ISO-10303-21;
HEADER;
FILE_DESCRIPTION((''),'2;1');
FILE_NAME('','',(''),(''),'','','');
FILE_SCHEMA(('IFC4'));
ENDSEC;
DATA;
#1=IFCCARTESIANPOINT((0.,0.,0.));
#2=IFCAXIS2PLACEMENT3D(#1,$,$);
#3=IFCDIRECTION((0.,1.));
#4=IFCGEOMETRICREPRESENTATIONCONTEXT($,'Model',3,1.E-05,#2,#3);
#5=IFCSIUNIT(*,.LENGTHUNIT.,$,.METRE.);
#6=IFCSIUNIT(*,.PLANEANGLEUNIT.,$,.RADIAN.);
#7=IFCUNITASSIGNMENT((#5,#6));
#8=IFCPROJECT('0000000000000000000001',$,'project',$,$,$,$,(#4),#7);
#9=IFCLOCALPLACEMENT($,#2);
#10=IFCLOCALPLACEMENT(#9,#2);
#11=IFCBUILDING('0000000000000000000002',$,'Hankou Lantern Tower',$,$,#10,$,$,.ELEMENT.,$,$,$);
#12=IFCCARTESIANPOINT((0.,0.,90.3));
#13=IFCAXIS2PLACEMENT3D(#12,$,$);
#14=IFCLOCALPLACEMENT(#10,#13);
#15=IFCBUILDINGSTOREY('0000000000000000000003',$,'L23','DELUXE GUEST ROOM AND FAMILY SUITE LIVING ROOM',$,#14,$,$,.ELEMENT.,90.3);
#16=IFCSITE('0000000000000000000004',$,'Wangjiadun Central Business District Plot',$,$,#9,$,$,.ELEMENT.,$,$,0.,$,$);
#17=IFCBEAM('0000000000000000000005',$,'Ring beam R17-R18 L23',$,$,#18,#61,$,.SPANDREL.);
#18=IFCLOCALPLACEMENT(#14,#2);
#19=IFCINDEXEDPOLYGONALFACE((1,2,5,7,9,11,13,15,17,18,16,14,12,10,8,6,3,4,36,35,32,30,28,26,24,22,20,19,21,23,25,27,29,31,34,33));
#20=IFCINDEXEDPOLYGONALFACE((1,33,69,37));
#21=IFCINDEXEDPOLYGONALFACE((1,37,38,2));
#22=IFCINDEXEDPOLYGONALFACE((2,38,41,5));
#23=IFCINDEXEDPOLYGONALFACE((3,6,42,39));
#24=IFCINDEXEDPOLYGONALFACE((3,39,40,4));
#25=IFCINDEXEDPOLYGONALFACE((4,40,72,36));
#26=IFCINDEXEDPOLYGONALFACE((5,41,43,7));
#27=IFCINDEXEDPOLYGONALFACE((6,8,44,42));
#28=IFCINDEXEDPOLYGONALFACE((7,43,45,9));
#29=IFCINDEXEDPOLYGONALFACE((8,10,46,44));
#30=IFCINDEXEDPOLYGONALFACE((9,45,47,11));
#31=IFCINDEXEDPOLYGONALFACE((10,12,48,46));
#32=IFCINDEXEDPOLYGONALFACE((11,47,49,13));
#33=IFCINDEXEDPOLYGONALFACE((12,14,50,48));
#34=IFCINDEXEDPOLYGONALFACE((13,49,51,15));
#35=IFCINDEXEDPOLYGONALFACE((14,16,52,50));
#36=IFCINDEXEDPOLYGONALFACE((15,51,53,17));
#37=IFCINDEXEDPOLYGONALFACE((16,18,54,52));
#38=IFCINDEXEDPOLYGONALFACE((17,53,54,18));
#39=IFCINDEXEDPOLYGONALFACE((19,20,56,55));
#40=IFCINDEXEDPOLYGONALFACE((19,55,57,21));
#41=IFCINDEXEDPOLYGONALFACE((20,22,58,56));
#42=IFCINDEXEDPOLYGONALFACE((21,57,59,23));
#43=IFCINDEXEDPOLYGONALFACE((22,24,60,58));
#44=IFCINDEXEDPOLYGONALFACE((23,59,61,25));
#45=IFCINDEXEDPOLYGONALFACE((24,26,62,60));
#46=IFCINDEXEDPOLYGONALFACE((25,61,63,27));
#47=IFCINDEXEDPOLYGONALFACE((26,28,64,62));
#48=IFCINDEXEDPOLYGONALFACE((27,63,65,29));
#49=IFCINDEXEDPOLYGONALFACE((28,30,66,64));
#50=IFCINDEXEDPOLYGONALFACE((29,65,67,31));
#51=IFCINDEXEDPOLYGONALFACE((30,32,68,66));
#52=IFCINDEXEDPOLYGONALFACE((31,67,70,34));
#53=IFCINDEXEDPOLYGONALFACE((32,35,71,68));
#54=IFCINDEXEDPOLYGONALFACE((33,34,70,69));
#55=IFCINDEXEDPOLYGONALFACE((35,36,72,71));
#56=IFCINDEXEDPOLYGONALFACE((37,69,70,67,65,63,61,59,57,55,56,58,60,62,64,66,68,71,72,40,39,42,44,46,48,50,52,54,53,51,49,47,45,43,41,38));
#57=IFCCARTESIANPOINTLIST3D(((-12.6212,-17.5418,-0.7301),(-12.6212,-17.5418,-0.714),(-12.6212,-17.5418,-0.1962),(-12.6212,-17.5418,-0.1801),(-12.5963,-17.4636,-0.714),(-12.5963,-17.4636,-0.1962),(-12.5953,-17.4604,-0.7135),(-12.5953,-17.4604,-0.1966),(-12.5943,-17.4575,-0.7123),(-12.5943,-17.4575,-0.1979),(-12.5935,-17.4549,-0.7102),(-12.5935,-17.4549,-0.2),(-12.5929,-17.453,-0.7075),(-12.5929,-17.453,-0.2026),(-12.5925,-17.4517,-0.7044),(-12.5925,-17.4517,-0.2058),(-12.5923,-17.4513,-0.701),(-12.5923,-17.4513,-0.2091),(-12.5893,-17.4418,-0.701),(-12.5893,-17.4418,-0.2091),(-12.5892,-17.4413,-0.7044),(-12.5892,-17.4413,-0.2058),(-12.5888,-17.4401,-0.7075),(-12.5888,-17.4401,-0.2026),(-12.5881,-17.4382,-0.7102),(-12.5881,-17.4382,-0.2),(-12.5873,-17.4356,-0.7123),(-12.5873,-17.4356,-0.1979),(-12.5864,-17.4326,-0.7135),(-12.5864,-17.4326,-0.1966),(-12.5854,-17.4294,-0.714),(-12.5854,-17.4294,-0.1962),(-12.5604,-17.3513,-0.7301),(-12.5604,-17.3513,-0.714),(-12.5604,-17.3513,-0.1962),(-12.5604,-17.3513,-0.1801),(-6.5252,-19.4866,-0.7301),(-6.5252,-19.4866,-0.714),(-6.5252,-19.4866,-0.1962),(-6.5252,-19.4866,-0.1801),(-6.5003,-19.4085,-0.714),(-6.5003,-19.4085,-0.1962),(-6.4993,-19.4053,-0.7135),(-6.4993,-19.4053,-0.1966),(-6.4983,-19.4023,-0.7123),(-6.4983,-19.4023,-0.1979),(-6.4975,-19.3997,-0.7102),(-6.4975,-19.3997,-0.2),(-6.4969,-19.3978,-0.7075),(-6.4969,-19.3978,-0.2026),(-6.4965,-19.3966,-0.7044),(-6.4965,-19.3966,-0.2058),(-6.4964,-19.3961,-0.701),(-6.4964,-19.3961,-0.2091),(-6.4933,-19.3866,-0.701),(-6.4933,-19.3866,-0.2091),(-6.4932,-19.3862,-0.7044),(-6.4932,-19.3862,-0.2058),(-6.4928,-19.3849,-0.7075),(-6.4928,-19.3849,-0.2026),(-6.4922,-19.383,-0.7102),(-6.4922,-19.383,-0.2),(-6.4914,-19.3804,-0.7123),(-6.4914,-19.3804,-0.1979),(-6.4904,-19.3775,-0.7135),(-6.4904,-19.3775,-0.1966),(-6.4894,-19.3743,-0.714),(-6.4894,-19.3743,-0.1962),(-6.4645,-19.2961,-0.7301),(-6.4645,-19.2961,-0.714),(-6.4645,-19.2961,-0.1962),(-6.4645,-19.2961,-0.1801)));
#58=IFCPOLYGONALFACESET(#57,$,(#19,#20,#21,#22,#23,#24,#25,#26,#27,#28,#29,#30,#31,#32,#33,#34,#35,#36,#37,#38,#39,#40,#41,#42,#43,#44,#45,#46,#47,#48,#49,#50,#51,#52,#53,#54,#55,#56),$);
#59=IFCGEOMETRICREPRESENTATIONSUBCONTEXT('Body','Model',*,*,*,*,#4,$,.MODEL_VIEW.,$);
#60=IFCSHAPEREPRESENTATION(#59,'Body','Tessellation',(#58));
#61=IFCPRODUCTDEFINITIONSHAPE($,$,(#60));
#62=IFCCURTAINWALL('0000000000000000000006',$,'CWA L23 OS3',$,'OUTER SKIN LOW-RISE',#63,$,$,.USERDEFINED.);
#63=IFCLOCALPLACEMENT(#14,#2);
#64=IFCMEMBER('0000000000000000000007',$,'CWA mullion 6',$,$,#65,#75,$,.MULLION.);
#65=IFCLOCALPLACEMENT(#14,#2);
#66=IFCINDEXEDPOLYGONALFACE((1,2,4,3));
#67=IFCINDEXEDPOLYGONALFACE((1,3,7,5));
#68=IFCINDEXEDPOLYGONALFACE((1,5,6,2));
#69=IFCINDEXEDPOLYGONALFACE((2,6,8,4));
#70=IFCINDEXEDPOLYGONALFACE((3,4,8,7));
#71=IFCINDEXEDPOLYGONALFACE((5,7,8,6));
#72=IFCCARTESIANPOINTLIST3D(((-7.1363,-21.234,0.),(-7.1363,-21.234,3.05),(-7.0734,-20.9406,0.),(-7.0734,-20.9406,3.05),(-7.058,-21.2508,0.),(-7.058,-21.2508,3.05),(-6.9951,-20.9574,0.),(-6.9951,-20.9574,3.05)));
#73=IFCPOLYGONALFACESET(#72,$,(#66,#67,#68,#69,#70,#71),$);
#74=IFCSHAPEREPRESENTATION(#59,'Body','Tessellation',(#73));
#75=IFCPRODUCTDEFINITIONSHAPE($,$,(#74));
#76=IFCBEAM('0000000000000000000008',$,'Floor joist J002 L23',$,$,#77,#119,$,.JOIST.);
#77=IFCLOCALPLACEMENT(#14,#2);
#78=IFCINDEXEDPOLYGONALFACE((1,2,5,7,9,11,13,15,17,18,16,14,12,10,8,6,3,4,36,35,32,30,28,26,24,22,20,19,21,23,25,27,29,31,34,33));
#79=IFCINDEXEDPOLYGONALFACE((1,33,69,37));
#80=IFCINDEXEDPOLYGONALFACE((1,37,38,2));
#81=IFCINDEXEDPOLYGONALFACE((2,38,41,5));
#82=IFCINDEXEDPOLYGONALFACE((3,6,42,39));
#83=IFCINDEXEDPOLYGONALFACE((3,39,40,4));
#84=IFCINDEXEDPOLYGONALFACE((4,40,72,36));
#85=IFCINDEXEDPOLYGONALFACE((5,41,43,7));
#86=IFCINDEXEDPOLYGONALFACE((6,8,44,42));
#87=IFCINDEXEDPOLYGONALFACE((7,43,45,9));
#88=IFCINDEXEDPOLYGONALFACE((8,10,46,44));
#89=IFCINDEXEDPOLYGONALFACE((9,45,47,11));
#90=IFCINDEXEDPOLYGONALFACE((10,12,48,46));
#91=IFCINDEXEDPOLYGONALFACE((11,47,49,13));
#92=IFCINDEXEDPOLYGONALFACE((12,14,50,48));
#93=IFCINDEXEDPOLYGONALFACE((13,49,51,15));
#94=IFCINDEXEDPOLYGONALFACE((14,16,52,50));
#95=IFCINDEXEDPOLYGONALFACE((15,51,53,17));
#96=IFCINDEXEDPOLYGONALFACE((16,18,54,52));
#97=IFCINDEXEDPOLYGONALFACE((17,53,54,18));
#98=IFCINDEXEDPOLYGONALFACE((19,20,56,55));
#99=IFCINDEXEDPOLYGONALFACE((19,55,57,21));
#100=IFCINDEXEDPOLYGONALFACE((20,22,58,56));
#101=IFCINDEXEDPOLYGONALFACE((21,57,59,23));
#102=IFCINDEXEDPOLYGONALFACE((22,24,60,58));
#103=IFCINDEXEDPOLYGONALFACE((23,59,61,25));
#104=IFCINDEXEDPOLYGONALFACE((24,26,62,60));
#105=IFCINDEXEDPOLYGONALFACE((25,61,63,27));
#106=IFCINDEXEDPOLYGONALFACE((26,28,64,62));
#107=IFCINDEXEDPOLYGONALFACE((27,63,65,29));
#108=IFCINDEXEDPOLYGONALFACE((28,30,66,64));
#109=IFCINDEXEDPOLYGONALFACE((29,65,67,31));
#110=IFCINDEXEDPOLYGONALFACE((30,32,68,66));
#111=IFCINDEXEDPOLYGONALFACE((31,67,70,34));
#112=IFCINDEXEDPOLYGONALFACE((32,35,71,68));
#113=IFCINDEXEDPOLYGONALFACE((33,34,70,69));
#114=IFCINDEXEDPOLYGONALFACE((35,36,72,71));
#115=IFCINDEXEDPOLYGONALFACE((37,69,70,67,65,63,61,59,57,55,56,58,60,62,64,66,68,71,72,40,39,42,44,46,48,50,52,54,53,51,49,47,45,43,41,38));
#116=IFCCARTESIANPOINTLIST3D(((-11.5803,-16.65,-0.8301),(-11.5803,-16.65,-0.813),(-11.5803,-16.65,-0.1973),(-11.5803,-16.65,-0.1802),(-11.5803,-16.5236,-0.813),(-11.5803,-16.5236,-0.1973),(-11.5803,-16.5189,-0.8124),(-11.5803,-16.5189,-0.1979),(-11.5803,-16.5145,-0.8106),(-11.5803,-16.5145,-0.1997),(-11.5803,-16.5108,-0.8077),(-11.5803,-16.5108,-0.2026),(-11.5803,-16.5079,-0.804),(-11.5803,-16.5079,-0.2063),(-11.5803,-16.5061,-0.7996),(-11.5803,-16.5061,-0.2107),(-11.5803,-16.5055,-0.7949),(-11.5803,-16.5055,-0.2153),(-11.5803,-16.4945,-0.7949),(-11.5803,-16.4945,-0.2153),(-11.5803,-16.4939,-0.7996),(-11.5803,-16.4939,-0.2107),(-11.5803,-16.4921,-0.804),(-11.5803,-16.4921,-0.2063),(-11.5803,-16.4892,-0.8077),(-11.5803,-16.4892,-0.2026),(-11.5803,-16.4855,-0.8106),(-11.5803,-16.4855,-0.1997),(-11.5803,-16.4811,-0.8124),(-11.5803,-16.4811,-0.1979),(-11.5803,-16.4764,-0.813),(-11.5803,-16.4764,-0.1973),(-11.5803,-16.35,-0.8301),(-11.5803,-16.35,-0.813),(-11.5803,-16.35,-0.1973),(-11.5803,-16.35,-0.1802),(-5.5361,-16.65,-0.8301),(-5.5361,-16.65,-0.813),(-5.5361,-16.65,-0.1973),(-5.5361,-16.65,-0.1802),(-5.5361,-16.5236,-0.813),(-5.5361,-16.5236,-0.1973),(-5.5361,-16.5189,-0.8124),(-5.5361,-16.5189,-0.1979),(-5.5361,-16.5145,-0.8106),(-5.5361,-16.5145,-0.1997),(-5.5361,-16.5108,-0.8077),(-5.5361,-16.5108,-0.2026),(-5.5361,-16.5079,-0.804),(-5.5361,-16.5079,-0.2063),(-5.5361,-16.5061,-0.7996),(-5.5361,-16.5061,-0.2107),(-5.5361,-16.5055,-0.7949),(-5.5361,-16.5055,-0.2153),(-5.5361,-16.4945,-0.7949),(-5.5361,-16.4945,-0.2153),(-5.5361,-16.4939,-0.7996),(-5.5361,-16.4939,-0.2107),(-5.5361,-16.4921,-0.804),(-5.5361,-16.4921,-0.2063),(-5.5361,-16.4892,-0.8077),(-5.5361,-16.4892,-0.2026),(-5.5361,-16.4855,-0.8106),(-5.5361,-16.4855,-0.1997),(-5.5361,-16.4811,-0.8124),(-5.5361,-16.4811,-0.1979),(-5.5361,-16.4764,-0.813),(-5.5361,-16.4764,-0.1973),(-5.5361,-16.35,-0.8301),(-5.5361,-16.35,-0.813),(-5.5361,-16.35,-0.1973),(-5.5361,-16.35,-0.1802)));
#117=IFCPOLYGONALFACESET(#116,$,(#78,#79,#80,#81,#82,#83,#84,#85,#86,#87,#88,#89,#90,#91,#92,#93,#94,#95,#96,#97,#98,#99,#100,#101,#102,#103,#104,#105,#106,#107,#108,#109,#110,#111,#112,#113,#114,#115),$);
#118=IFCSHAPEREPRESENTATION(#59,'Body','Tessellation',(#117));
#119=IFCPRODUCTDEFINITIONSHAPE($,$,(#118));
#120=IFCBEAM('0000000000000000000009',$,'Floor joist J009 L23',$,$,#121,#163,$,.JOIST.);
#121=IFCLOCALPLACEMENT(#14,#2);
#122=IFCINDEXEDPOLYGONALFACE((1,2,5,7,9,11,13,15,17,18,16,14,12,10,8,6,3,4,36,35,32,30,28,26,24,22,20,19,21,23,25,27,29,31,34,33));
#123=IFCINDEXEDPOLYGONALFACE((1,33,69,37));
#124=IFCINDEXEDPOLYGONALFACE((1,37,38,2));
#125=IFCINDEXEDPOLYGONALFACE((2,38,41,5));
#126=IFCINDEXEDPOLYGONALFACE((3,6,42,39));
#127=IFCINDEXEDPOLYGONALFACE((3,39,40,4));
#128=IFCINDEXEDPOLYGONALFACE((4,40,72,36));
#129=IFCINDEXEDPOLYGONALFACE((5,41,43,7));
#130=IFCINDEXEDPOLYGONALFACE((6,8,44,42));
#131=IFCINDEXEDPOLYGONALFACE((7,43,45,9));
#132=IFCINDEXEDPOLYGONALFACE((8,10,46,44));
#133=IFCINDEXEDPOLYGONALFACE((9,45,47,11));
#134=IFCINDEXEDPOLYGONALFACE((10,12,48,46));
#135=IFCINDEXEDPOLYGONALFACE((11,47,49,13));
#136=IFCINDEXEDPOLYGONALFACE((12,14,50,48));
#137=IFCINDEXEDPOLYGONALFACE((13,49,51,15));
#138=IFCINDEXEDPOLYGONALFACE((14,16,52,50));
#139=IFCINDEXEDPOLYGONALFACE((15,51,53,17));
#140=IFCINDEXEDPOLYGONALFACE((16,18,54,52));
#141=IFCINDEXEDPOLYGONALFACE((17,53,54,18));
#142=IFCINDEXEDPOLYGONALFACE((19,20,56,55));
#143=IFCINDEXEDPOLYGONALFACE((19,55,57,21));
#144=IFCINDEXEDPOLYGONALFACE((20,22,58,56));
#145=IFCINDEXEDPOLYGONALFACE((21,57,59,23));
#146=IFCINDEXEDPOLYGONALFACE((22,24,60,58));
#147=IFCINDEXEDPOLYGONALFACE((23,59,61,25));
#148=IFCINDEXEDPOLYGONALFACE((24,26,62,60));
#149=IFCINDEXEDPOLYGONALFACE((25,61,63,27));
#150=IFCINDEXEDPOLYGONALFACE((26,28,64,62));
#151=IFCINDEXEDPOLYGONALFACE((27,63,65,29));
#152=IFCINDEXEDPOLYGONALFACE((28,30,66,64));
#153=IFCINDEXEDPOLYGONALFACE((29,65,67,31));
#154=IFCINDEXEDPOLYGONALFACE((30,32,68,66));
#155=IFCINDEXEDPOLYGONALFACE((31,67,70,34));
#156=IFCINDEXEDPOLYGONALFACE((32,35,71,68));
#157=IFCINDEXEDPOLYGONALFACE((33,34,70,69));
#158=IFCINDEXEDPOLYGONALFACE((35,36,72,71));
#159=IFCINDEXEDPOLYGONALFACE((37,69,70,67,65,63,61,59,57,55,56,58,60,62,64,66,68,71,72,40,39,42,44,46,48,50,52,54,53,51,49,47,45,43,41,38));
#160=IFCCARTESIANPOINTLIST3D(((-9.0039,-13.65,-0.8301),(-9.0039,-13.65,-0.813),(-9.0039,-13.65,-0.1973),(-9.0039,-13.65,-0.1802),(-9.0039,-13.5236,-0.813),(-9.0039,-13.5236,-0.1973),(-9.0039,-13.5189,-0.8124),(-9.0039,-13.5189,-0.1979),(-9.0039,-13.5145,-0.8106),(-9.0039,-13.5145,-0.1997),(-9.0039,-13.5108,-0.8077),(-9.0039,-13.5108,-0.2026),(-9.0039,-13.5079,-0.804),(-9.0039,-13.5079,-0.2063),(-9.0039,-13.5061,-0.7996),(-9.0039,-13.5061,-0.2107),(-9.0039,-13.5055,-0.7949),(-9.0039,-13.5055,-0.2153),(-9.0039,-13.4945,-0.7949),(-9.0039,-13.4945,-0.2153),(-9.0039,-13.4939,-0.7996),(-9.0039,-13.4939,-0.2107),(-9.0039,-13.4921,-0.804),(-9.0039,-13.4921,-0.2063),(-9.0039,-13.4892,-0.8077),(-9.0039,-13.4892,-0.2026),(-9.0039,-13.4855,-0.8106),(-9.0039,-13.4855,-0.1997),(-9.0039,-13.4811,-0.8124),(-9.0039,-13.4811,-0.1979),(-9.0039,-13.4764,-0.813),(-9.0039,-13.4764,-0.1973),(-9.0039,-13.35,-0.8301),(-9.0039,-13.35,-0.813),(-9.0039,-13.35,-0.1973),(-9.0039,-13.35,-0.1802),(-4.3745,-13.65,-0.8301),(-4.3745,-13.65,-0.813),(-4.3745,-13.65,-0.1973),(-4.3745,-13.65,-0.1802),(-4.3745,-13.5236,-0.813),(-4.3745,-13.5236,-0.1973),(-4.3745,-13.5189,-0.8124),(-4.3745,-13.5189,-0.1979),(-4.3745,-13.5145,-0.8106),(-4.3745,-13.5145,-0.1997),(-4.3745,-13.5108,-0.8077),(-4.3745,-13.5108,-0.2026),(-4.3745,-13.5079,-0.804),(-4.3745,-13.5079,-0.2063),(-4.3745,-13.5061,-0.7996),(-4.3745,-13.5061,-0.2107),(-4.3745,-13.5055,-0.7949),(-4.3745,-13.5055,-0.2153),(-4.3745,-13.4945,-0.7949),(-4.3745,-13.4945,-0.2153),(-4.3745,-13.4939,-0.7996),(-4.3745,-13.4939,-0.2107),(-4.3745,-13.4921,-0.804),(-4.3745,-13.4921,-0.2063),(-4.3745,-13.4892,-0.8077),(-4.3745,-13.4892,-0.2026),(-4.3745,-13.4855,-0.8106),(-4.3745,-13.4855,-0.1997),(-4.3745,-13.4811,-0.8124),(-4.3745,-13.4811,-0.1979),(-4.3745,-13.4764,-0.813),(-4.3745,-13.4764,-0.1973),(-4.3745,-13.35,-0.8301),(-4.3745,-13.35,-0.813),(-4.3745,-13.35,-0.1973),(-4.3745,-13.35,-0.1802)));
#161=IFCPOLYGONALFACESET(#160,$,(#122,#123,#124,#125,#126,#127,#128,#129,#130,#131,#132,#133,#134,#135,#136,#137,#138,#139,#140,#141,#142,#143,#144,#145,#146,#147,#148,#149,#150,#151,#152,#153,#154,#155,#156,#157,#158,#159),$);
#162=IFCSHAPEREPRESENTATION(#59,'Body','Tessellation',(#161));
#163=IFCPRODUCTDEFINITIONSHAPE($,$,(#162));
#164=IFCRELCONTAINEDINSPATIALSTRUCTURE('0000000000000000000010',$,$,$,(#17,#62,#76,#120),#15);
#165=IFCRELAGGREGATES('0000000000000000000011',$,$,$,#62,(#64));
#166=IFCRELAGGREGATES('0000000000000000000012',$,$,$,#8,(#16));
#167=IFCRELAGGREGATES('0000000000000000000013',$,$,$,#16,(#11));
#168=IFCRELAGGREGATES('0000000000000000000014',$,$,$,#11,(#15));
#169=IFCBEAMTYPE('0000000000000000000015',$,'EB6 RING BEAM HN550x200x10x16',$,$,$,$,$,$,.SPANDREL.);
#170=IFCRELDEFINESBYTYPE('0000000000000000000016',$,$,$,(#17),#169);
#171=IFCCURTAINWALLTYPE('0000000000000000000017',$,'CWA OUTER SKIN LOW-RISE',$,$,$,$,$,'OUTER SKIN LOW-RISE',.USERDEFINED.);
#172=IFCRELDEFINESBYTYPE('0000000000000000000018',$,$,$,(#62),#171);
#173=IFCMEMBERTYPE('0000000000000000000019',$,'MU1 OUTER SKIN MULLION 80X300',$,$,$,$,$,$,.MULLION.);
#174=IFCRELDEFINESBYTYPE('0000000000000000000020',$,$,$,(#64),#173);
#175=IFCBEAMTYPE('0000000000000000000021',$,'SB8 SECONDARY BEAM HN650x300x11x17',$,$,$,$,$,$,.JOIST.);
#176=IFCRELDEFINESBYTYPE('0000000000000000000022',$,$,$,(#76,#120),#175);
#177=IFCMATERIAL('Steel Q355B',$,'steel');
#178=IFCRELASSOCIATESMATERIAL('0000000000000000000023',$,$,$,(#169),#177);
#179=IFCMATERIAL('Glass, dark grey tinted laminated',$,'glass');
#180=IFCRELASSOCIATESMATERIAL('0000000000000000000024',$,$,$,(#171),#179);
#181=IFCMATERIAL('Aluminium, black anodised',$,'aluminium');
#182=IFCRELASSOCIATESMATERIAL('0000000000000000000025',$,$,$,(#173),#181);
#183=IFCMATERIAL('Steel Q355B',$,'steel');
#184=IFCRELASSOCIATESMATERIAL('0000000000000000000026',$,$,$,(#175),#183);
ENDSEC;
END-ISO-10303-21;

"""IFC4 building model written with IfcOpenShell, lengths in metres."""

from ifc_helpers import new_model, si_unit, direction, frame, origin, origin_2d, place, context, subcontext, project, spatial, rectangle, i_section, extrude, material, material_profile, profile_set, type_object, element, aggregate, save


model = new_model("IFC4")

# Units and contexts
model_context = context("Model", 3, precision=1e-05, world=origin(), true_north=direction((0.0, 1.0)))
body_context = subcontext(model_context, "Body", "Model", "MODEL_VIEW")
ifc_project = project(units=[si_unit("LENGTHUNIT", "METRE"), si_unit("PLANEANGLEUNIT", "RADIAN")], contexts=[model_context])

# Site, building, storey
site_placement = place(None, origin())
site = spatial("IfcSite", under=ifc_project, at=site_placement, Name="Wangjiadun Central Business District Plot", CompositionType="ELEMENT", RefElevation=0.0)
building_placement = place(site_placement, origin())
building = spatial("IfcBuilding", under=site, at=building_placement, Name="Hankou Lantern Tower", CompositionType="ELEMENT")
storey_placement = place(building_placement, frame((0.0, 0.0, 90.3)))
storey = spatial("IfcBuildingStorey", under=building, at=storey_placement, Name="L23", Description="DELUXE GUEST ROOM AND FAMILY SUITE LIVING ROOM", CompositionType="ELEMENT", Elevation=90.3)

# Beam
ifc_material_1 = material(Name="Steel Q355B", Category="steel")
ifc_material_profile_1 = material_profile(ifc_material_1, i_section(OverallWidth=0.2, OverallDepth=0.55, WebThickness=0.01, FlangeThickness=0.0161, FilletRadius=0.0129, at=origin_2d()), Name="HN550x200x10x16")
ifc_profile_set_1 = profile_set([ifc_material_profile_1], Name="Steel Q355B")
beam_type_1 = type_object("IfcBeamType", Name="EB6 RING BEAM HN550x200x10x16", PredefinedType="SPANDREL", material=ifc_profile_set_1)
beam_1_placement = place(storey_placement, frame((-12.5908, -17.4465, -0.4551), z_axis=(0.95269, -0.303942, 0.0), x_axis=(0.303942, 0.95269, 0.0)))
element("IfcBeam", 1, at=beam_1_placement, inside=storey, type_object=beam_type_1, Name="Ring beam R17-R18 L23", PredefinedType="SPANDREL", context=body_context, shape_type="SweptSolid", body=[
    extrude(i_section(OverallWidth=0.2, OverallDepth=0.55, WebThickness=0.01, FlangeThickness=0.0161, FilletRadius=0.0129, at=origin_2d()), origin(), (0.0, 0.0, 1.0), 6.3987),
])

# Curtain wall, member
ifc_material_2 = material(Name="Glass, dark grey tinted laminated", Category="glass")
curtain_wall_type = type_object("IfcCurtainWallType", Name="CWA OUTER SKIN LOW-RISE", ElementType="OUTER SKIN LOW-RISE", PredefinedType="USERDEFINED", material=ifc_material_2)
curtain_wall_placement = place(storey_placement, origin())
curtain_wall = element("IfcCurtainWall", 2, at=curtain_wall_placement, inside=storey, type_object=curtain_wall_type, Name="CWA L23 OS3", ObjectType="OUTER SKIN LOW-RISE", PredefinedType="USERDEFINED")
ifc_material_3 = material(Name="Aluminium, black anodised", Category="aluminium")
ifc_material_profile_2 = material_profile(ifc_material_3, rectangle(XDim=0.0801, YDim=0.3, at=origin_2d()), Name="MU1 80X300")
ifc_profile_set_2 = profile_set([ifc_material_profile_2], Name="Aluminium, black anodised")
member_type = type_object("IfcMemberType", Name="MU1 OUTER SKIN MULLION 80X300", PredefinedType="MULLION", material=ifc_profile_set_2)
member_placement = place(storey_placement, frame((-7.0657, -21.0957, 0.0), z_axis=(0.0, 0.0, 1.0), x_axis=(0.977788, -0.209598, 0.0)))
member = element("IfcMember", 3, at=member_placement, type_object=member_type, Name="CWA mullion 6", PredefinedType="MULLION", context=body_context, shape_type="SweptSolid", body=[
    extrude(rectangle(XDim=0.0801, YDim=0.3, at=origin_2d()), origin(), (0.0, 0.0, 1.0), 3.05),
])

# Beams
ifc_material_4 = material(Name="Steel Q355B", Category="steel")
ifc_material_profile_3 = material_profile(ifc_material_4, i_section(OverallWidth=0.3, OverallDepth=0.6499, WebThickness=0.011, FlangeThickness=0.0171, FilletRadius=0.0181, at=origin_2d()), Name="HN650x300x11x17")
ifc_profile_set_3 = profile_set([ifc_material_profile_3], Name="Steel Q355B")
beam_type_2 = type_object("IfcBeamType", Name="SB8 SECONDARY BEAM HN650x300x11x17", PredefinedType="JOIST", material=ifc_profile_set_3)
beam_2_placement = place(storey_placement, frame((-11.5803, -16.5, -0.5051), z_axis=(1.0, 0.0, 0.0), x_axis=(0.0, 1.0, 0.0)))
element("IfcBeam", 4, at=beam_2_placement, inside=storey, type_object=beam_type_2, Name="Floor joist J002 L23", PredefinedType="JOIST", context=body_context, shape_type="SweptSolid", body=[
    extrude(i_section(OverallWidth=0.3, OverallDepth=0.6499, WebThickness=0.011, FlangeThickness=0.0171, FilletRadius=0.0181, at=origin_2d()), origin(), (0.0, 0.0, 1.0), 6.0442),
])
beam_3_placement = place(storey_placement, frame((-9.0039, -13.5, -0.5051), z_axis=(1.0, 0.0, 0.0), x_axis=(0.0, 1.0, 0.0)))
element("IfcBeam", 5, at=beam_3_placement, inside=storey, type_object=beam_type_2, Name="Floor joist J009 L23", PredefinedType="JOIST", context=body_context, shape_type="SweptSolid", body=[
    extrude(i_section(OverallWidth=0.3, OverallDepth=0.6499, WebThickness=0.011, FlangeThickness=0.0171, FilletRadius=0.0181, at=origin_2d()), origin(), (0.0, 0.0, 1.0), 4.6294),
])

aggregate(curtain_wall, [member])

save(model, "model.ifc")
